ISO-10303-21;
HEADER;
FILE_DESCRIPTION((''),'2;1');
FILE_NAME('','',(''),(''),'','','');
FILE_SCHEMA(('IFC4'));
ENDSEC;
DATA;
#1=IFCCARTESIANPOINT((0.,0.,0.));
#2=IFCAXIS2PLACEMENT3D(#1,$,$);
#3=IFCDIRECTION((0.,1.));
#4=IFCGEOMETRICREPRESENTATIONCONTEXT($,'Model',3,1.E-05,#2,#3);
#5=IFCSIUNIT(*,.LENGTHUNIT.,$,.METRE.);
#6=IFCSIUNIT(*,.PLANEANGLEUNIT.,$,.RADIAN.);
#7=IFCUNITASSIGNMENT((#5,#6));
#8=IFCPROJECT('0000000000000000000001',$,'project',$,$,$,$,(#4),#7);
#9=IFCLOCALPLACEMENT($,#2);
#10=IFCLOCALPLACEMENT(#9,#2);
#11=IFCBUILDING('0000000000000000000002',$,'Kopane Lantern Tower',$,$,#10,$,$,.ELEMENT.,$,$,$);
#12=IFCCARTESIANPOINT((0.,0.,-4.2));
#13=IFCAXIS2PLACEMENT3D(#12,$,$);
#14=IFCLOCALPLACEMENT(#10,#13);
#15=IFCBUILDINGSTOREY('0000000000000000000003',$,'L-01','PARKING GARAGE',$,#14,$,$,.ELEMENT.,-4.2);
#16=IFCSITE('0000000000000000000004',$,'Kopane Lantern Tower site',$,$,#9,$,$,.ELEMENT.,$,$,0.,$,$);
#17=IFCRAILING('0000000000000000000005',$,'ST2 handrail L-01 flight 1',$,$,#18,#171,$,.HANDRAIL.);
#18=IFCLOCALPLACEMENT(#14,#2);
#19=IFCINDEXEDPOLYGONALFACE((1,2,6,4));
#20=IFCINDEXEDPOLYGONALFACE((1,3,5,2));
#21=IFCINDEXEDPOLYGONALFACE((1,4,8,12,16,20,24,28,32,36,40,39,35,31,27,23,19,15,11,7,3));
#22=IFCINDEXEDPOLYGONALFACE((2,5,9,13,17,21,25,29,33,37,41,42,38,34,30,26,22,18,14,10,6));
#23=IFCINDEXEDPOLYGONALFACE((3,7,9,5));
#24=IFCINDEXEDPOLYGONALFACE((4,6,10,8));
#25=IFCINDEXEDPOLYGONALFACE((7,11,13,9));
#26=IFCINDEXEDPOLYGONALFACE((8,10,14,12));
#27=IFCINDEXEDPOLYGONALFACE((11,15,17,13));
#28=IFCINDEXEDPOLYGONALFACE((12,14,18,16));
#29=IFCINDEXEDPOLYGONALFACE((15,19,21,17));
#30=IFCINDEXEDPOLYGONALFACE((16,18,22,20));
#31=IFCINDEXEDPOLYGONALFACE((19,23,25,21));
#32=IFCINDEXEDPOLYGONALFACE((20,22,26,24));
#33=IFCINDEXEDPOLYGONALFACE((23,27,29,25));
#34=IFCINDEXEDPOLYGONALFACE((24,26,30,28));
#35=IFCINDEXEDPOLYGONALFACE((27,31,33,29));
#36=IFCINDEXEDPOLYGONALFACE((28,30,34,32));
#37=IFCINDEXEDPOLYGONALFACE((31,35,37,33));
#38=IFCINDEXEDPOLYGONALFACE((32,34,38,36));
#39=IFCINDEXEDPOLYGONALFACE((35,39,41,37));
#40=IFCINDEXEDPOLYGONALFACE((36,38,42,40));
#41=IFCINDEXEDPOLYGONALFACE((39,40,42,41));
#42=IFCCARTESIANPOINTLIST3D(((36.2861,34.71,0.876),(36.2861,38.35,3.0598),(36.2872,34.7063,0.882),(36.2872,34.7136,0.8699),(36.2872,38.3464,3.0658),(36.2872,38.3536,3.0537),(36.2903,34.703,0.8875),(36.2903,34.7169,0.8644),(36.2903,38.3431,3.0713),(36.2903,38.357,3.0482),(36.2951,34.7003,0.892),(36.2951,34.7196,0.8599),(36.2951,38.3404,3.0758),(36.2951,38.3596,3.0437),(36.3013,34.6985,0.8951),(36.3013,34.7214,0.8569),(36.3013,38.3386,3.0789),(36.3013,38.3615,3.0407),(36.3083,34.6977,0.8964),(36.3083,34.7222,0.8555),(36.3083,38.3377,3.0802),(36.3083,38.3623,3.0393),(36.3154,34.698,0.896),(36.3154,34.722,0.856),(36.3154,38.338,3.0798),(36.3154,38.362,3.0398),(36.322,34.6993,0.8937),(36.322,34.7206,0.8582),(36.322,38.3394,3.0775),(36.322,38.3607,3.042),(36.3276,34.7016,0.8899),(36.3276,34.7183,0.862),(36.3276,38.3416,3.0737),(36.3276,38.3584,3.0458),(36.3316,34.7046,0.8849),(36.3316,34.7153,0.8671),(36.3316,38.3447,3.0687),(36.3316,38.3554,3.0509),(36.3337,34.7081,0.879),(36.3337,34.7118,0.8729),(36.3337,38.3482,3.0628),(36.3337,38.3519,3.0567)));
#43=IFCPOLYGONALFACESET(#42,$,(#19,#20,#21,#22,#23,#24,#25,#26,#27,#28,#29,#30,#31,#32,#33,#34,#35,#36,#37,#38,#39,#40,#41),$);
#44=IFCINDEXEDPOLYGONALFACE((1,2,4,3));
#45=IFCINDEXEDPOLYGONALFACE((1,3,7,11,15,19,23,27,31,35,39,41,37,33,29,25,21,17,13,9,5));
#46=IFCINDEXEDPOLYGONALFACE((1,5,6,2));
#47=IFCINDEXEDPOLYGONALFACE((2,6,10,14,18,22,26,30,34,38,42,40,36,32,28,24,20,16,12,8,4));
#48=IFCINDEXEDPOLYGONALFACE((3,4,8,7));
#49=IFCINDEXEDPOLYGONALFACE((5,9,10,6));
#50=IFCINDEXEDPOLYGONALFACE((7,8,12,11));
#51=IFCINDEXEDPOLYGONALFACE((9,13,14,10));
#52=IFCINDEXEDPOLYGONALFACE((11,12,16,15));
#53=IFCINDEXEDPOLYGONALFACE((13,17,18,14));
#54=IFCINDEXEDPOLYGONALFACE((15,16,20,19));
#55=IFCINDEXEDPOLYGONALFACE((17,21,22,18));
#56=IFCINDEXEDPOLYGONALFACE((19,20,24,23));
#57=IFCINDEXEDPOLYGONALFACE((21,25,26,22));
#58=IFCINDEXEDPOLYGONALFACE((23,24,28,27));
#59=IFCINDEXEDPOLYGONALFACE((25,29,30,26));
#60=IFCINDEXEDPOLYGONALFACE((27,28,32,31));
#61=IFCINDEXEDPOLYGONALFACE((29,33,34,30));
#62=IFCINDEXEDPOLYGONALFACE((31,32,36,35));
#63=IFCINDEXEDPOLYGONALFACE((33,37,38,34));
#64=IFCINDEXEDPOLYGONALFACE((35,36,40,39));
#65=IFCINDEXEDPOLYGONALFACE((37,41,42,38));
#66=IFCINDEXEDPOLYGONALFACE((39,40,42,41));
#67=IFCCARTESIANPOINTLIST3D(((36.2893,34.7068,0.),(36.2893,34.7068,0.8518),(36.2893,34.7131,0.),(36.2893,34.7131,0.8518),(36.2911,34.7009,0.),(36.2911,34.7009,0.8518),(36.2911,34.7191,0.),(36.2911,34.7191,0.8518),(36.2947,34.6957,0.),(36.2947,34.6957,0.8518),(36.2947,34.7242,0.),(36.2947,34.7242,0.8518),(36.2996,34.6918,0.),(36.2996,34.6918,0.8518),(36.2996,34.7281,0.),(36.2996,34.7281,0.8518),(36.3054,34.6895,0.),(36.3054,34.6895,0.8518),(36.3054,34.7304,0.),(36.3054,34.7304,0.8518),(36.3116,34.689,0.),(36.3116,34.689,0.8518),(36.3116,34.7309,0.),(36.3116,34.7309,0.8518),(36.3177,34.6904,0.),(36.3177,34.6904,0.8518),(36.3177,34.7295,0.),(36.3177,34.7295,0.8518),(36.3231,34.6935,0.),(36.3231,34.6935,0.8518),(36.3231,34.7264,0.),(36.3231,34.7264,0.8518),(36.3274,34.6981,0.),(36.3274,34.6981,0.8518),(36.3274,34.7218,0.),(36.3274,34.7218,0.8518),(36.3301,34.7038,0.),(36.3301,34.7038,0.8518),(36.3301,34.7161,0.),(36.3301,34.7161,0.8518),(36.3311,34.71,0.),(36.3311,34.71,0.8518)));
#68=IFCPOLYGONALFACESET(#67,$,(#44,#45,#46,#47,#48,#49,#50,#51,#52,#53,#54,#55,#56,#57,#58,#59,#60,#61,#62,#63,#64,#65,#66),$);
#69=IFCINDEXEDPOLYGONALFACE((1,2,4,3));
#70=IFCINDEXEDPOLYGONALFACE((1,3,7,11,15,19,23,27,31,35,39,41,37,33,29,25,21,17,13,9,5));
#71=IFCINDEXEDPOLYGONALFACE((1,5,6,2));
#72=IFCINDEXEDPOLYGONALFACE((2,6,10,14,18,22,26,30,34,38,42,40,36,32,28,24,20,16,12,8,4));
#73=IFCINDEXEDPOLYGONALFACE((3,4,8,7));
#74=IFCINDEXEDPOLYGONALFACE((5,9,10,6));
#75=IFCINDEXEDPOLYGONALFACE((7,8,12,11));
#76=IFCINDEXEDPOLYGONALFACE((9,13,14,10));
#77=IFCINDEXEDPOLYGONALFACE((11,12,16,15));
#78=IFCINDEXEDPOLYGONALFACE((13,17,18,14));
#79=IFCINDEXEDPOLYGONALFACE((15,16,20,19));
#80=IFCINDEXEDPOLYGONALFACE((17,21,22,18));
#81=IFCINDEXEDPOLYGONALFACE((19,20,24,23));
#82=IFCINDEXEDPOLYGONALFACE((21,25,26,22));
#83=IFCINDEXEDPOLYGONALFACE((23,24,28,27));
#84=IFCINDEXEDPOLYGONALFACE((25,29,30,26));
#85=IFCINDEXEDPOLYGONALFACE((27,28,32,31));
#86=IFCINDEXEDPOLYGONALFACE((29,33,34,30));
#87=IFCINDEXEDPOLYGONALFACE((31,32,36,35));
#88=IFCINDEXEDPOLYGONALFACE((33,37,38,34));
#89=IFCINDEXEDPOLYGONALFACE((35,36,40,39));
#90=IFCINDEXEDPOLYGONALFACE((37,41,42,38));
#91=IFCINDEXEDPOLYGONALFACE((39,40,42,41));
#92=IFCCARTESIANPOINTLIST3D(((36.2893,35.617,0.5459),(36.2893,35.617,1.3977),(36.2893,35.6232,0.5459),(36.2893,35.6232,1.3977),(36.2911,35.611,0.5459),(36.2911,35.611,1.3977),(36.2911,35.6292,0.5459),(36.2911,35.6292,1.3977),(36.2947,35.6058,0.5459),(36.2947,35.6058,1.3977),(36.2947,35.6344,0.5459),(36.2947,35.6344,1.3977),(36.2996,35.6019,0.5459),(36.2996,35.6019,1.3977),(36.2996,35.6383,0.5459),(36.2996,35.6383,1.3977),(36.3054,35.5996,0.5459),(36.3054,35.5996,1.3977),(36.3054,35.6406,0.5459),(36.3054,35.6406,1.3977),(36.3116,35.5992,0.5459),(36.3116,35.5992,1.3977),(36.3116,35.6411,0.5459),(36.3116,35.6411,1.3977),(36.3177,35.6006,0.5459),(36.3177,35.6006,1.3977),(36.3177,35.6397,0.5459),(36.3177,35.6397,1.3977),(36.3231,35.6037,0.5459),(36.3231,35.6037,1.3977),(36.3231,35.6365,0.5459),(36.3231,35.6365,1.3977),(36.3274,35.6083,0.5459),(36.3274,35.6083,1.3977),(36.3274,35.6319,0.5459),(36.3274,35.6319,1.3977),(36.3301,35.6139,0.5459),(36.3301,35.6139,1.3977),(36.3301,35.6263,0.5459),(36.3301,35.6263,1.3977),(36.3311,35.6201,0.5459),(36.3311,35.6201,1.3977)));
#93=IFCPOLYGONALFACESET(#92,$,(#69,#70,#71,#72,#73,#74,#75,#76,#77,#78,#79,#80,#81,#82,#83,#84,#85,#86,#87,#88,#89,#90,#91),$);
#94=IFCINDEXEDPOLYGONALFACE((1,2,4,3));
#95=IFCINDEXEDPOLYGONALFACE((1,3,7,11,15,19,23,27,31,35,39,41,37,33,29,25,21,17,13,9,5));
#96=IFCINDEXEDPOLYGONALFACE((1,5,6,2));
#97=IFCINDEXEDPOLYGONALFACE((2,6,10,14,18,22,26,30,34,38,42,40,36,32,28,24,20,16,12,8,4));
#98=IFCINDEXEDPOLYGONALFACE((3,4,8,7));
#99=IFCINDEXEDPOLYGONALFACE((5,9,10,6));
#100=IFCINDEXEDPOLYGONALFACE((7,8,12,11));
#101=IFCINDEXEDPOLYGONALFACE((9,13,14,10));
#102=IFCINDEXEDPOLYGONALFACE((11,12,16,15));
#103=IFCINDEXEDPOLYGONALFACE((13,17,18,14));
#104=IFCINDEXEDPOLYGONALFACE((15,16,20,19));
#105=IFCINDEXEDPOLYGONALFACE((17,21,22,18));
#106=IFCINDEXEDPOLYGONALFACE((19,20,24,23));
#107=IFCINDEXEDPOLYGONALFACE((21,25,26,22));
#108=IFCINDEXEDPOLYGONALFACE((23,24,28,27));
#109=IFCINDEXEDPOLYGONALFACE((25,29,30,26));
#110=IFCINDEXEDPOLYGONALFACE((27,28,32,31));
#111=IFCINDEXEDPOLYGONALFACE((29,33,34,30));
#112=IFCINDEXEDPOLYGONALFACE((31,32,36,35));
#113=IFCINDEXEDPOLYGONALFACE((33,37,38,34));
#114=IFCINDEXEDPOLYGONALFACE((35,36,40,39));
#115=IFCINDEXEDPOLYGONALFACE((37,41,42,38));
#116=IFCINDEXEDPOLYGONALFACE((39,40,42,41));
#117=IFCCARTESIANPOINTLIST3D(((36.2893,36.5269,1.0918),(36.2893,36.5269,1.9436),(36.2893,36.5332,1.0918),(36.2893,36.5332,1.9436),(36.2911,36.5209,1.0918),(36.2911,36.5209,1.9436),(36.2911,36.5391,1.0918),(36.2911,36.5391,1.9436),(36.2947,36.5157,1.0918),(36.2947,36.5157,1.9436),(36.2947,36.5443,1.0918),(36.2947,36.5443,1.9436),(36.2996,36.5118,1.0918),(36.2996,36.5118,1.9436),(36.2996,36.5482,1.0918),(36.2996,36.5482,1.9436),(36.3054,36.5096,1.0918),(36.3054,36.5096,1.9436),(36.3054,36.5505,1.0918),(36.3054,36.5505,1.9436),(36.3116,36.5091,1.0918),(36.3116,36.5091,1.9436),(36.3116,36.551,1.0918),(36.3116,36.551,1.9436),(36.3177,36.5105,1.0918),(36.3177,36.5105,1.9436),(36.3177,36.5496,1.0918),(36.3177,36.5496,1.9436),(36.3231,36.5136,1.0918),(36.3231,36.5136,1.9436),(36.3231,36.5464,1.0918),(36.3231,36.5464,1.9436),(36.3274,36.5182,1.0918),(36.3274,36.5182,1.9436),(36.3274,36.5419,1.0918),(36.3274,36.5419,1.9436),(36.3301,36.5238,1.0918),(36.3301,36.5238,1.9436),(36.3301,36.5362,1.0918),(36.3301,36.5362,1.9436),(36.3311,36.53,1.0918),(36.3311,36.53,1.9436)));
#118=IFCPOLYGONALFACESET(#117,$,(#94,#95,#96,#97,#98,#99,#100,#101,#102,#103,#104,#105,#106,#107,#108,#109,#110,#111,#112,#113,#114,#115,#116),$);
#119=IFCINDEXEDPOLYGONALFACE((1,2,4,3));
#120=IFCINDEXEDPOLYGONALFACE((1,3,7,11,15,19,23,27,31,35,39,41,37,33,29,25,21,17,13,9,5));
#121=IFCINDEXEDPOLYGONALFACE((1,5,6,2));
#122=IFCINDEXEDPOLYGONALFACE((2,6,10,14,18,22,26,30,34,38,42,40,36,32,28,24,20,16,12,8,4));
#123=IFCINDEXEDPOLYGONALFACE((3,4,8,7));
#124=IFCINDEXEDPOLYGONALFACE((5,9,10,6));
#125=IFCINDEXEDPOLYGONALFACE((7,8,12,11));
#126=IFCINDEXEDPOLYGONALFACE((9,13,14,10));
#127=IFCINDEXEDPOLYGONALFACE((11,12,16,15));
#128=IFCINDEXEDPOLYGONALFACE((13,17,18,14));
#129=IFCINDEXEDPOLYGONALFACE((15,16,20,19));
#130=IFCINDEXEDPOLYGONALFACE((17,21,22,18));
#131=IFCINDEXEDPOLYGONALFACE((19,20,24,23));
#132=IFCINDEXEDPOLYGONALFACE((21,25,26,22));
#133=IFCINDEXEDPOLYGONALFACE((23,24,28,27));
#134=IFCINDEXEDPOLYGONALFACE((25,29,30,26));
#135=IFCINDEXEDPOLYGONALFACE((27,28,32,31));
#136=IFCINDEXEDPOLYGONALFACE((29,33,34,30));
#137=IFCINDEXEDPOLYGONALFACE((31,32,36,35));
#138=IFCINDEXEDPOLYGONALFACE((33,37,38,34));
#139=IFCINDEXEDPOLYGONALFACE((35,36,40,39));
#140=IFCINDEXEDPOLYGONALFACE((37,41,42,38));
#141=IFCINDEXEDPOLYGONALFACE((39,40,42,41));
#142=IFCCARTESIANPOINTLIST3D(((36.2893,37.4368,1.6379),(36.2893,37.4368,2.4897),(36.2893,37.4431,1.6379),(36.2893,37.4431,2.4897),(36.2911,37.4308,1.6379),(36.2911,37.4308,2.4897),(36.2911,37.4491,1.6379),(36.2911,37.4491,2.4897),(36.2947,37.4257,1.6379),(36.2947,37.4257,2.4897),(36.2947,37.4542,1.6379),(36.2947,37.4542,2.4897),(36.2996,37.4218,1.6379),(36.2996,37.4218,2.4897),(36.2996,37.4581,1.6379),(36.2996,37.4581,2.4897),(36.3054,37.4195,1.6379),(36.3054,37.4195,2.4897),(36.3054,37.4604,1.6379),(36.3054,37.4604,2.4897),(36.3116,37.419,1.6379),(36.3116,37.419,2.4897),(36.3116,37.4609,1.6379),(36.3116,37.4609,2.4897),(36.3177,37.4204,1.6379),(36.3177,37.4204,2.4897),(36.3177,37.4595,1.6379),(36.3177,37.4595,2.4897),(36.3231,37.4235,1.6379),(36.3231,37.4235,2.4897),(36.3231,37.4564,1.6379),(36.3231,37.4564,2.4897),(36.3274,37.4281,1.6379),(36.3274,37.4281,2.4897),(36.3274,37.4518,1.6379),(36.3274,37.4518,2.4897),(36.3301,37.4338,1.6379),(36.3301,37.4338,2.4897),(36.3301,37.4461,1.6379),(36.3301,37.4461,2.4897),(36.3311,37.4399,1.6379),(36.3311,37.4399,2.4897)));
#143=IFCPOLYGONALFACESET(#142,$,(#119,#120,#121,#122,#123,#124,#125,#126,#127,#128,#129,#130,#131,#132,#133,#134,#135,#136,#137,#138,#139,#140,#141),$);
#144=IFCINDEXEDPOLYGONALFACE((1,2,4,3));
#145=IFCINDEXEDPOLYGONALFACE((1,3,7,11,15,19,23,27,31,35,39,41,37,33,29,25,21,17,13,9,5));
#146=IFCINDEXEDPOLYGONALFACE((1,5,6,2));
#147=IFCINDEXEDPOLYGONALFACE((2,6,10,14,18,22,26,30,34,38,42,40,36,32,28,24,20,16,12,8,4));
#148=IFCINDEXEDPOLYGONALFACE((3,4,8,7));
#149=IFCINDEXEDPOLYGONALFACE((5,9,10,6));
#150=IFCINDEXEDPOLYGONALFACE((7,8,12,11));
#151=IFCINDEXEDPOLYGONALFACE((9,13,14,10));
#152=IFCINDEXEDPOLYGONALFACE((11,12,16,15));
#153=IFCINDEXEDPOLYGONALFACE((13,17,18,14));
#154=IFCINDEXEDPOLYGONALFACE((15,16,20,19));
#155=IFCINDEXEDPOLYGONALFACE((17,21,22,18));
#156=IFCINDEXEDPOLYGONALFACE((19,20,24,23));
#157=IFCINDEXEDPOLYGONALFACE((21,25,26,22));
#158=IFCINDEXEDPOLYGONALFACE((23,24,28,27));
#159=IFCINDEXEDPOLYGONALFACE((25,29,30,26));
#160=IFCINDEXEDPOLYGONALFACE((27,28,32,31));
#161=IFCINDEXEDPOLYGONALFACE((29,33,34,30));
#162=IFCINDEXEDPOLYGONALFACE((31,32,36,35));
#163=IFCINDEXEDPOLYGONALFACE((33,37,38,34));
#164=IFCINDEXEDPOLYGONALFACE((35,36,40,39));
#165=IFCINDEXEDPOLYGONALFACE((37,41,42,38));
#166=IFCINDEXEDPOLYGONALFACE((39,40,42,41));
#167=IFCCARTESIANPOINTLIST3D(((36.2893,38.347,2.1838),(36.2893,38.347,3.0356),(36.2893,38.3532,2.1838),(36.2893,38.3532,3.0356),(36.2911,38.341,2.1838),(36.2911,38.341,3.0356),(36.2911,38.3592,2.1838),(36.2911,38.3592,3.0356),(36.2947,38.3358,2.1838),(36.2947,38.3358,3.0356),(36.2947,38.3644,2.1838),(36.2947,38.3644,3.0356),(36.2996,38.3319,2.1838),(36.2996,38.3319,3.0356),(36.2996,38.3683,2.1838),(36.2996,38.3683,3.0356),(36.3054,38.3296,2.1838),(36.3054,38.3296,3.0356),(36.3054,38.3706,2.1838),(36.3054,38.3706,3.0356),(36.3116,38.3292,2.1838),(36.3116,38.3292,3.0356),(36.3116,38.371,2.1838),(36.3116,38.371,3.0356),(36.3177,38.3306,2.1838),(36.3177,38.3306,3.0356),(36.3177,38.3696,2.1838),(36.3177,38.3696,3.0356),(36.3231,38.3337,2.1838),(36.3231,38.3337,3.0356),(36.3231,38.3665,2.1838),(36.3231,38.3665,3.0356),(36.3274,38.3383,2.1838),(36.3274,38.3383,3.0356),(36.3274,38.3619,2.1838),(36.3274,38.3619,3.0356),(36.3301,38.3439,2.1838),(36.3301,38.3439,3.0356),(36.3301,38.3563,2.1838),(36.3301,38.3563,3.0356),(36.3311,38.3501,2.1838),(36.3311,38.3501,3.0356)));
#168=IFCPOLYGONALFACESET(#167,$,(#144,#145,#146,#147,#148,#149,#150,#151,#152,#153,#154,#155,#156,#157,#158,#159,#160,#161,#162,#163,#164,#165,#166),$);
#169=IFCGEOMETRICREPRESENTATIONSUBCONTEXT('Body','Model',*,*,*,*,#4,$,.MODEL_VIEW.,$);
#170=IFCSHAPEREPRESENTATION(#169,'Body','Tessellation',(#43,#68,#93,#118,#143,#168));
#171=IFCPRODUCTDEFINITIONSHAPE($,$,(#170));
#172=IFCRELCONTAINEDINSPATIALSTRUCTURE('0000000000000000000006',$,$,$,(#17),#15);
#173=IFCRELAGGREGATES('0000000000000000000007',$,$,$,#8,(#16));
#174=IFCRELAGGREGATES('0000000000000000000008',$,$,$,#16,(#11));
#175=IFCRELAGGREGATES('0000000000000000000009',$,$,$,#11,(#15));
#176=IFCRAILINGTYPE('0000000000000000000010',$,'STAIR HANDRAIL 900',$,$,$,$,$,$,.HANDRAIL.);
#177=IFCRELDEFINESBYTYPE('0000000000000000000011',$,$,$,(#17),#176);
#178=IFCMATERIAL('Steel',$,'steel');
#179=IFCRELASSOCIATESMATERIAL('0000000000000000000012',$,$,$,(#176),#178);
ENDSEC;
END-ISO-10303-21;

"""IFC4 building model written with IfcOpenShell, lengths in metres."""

from ifc_helpers import new_model, si_unit, direction, frame, origin, origin_2d, place, context, subcontext, project, spatial, circle, extrude, material, type_object, element, save


model = new_model("IFC4")

# Units and contexts
model_context = context("Model", 3, precision=1e-05, world=origin(), true_north=direction((0.0, 1.0)))
body_context = subcontext(model_context, "Body", "Model", "MODEL_VIEW")
ifc_project = project(units=[si_unit("LENGTHUNIT", "METRE"), si_unit("PLANEANGLEUNIT", "RADIAN")], contexts=[model_context])

# Site, building, storey
site_placement = place(None, origin())
site = spatial("IfcSite", under=ifc_project, at=site_placement, Name="Kopane Lantern Tower site", CompositionType="ELEMENT", RefElevation=0.0)
building_placement = place(site_placement, origin())
building = spatial("IfcBuilding", under=site, at=building_placement, Name="Kopane Lantern Tower", CompositionType="ELEMENT")
storey_placement = place(building_placement, frame((0.0, 0.0, -4.2)))
storey = spatial("IfcBuildingStorey", under=building, at=storey_placement, Name="L-01", Description="PARKING GARAGE", CompositionType="ELEMENT", Elevation=-4.2)

# Railing
ifc_material_1 = material(Name="Steel", Category="steel")
railing_type_1 = type_object("IfcRailingType", Name="STAIR HANDRAIL 900", PredefinedType="HANDRAIL", material=ifc_material_1)
for number, where, name in (
    (1, (36.3101, 34.71, 0.0), "ST2 handrail L-01 flight 1"),
):
    element("IfcRailing", number, at=place(storey_placement, frame(where)), inside=storey, type_object=railing_type_1, Name=name, PredefinedType="HANDRAIL", context=body_context, shape_type="SweptSolid", body=[
        extrude(circle(Radius=0.0239, at=origin_2d()), frame((0.0, 0.0, 0.876), z_axis=(0.0, 0.857518, 0.514453), x_axis=(-1.0, 0.0, 0.0)), (0.0, 0.0, 1.0), 4.2449),
        extrude(circle(Radius=0.021, at=origin_2d()), origin(), (0.0, 0.0, 1.0), 0.8518),
        extrude(circle(Radius=0.021, at=origin_2d()), frame((0.0, 0.9102, 0.5459)), (0.0, 0.0, 1.0), 0.8518),
        extrude(circle(Radius=0.021, at=origin_2d()), frame((0.0, 1.8201, 1.0918)), (0.0, 0.0, 1.0), 0.8518),
        extrude(circle(Radius=0.021, at=origin_2d()), frame((0.0, 2.73, 1.6379)), (0.0, 0.0, 1.0), 0.8518),
        extrude(circle(Radius=0.021, at=origin_2d()), frame((0.0, 3.6401, 2.1838)), (0.0, 0.0, 1.0), 0.8518),
    ])

save(model, "model.ifc")
